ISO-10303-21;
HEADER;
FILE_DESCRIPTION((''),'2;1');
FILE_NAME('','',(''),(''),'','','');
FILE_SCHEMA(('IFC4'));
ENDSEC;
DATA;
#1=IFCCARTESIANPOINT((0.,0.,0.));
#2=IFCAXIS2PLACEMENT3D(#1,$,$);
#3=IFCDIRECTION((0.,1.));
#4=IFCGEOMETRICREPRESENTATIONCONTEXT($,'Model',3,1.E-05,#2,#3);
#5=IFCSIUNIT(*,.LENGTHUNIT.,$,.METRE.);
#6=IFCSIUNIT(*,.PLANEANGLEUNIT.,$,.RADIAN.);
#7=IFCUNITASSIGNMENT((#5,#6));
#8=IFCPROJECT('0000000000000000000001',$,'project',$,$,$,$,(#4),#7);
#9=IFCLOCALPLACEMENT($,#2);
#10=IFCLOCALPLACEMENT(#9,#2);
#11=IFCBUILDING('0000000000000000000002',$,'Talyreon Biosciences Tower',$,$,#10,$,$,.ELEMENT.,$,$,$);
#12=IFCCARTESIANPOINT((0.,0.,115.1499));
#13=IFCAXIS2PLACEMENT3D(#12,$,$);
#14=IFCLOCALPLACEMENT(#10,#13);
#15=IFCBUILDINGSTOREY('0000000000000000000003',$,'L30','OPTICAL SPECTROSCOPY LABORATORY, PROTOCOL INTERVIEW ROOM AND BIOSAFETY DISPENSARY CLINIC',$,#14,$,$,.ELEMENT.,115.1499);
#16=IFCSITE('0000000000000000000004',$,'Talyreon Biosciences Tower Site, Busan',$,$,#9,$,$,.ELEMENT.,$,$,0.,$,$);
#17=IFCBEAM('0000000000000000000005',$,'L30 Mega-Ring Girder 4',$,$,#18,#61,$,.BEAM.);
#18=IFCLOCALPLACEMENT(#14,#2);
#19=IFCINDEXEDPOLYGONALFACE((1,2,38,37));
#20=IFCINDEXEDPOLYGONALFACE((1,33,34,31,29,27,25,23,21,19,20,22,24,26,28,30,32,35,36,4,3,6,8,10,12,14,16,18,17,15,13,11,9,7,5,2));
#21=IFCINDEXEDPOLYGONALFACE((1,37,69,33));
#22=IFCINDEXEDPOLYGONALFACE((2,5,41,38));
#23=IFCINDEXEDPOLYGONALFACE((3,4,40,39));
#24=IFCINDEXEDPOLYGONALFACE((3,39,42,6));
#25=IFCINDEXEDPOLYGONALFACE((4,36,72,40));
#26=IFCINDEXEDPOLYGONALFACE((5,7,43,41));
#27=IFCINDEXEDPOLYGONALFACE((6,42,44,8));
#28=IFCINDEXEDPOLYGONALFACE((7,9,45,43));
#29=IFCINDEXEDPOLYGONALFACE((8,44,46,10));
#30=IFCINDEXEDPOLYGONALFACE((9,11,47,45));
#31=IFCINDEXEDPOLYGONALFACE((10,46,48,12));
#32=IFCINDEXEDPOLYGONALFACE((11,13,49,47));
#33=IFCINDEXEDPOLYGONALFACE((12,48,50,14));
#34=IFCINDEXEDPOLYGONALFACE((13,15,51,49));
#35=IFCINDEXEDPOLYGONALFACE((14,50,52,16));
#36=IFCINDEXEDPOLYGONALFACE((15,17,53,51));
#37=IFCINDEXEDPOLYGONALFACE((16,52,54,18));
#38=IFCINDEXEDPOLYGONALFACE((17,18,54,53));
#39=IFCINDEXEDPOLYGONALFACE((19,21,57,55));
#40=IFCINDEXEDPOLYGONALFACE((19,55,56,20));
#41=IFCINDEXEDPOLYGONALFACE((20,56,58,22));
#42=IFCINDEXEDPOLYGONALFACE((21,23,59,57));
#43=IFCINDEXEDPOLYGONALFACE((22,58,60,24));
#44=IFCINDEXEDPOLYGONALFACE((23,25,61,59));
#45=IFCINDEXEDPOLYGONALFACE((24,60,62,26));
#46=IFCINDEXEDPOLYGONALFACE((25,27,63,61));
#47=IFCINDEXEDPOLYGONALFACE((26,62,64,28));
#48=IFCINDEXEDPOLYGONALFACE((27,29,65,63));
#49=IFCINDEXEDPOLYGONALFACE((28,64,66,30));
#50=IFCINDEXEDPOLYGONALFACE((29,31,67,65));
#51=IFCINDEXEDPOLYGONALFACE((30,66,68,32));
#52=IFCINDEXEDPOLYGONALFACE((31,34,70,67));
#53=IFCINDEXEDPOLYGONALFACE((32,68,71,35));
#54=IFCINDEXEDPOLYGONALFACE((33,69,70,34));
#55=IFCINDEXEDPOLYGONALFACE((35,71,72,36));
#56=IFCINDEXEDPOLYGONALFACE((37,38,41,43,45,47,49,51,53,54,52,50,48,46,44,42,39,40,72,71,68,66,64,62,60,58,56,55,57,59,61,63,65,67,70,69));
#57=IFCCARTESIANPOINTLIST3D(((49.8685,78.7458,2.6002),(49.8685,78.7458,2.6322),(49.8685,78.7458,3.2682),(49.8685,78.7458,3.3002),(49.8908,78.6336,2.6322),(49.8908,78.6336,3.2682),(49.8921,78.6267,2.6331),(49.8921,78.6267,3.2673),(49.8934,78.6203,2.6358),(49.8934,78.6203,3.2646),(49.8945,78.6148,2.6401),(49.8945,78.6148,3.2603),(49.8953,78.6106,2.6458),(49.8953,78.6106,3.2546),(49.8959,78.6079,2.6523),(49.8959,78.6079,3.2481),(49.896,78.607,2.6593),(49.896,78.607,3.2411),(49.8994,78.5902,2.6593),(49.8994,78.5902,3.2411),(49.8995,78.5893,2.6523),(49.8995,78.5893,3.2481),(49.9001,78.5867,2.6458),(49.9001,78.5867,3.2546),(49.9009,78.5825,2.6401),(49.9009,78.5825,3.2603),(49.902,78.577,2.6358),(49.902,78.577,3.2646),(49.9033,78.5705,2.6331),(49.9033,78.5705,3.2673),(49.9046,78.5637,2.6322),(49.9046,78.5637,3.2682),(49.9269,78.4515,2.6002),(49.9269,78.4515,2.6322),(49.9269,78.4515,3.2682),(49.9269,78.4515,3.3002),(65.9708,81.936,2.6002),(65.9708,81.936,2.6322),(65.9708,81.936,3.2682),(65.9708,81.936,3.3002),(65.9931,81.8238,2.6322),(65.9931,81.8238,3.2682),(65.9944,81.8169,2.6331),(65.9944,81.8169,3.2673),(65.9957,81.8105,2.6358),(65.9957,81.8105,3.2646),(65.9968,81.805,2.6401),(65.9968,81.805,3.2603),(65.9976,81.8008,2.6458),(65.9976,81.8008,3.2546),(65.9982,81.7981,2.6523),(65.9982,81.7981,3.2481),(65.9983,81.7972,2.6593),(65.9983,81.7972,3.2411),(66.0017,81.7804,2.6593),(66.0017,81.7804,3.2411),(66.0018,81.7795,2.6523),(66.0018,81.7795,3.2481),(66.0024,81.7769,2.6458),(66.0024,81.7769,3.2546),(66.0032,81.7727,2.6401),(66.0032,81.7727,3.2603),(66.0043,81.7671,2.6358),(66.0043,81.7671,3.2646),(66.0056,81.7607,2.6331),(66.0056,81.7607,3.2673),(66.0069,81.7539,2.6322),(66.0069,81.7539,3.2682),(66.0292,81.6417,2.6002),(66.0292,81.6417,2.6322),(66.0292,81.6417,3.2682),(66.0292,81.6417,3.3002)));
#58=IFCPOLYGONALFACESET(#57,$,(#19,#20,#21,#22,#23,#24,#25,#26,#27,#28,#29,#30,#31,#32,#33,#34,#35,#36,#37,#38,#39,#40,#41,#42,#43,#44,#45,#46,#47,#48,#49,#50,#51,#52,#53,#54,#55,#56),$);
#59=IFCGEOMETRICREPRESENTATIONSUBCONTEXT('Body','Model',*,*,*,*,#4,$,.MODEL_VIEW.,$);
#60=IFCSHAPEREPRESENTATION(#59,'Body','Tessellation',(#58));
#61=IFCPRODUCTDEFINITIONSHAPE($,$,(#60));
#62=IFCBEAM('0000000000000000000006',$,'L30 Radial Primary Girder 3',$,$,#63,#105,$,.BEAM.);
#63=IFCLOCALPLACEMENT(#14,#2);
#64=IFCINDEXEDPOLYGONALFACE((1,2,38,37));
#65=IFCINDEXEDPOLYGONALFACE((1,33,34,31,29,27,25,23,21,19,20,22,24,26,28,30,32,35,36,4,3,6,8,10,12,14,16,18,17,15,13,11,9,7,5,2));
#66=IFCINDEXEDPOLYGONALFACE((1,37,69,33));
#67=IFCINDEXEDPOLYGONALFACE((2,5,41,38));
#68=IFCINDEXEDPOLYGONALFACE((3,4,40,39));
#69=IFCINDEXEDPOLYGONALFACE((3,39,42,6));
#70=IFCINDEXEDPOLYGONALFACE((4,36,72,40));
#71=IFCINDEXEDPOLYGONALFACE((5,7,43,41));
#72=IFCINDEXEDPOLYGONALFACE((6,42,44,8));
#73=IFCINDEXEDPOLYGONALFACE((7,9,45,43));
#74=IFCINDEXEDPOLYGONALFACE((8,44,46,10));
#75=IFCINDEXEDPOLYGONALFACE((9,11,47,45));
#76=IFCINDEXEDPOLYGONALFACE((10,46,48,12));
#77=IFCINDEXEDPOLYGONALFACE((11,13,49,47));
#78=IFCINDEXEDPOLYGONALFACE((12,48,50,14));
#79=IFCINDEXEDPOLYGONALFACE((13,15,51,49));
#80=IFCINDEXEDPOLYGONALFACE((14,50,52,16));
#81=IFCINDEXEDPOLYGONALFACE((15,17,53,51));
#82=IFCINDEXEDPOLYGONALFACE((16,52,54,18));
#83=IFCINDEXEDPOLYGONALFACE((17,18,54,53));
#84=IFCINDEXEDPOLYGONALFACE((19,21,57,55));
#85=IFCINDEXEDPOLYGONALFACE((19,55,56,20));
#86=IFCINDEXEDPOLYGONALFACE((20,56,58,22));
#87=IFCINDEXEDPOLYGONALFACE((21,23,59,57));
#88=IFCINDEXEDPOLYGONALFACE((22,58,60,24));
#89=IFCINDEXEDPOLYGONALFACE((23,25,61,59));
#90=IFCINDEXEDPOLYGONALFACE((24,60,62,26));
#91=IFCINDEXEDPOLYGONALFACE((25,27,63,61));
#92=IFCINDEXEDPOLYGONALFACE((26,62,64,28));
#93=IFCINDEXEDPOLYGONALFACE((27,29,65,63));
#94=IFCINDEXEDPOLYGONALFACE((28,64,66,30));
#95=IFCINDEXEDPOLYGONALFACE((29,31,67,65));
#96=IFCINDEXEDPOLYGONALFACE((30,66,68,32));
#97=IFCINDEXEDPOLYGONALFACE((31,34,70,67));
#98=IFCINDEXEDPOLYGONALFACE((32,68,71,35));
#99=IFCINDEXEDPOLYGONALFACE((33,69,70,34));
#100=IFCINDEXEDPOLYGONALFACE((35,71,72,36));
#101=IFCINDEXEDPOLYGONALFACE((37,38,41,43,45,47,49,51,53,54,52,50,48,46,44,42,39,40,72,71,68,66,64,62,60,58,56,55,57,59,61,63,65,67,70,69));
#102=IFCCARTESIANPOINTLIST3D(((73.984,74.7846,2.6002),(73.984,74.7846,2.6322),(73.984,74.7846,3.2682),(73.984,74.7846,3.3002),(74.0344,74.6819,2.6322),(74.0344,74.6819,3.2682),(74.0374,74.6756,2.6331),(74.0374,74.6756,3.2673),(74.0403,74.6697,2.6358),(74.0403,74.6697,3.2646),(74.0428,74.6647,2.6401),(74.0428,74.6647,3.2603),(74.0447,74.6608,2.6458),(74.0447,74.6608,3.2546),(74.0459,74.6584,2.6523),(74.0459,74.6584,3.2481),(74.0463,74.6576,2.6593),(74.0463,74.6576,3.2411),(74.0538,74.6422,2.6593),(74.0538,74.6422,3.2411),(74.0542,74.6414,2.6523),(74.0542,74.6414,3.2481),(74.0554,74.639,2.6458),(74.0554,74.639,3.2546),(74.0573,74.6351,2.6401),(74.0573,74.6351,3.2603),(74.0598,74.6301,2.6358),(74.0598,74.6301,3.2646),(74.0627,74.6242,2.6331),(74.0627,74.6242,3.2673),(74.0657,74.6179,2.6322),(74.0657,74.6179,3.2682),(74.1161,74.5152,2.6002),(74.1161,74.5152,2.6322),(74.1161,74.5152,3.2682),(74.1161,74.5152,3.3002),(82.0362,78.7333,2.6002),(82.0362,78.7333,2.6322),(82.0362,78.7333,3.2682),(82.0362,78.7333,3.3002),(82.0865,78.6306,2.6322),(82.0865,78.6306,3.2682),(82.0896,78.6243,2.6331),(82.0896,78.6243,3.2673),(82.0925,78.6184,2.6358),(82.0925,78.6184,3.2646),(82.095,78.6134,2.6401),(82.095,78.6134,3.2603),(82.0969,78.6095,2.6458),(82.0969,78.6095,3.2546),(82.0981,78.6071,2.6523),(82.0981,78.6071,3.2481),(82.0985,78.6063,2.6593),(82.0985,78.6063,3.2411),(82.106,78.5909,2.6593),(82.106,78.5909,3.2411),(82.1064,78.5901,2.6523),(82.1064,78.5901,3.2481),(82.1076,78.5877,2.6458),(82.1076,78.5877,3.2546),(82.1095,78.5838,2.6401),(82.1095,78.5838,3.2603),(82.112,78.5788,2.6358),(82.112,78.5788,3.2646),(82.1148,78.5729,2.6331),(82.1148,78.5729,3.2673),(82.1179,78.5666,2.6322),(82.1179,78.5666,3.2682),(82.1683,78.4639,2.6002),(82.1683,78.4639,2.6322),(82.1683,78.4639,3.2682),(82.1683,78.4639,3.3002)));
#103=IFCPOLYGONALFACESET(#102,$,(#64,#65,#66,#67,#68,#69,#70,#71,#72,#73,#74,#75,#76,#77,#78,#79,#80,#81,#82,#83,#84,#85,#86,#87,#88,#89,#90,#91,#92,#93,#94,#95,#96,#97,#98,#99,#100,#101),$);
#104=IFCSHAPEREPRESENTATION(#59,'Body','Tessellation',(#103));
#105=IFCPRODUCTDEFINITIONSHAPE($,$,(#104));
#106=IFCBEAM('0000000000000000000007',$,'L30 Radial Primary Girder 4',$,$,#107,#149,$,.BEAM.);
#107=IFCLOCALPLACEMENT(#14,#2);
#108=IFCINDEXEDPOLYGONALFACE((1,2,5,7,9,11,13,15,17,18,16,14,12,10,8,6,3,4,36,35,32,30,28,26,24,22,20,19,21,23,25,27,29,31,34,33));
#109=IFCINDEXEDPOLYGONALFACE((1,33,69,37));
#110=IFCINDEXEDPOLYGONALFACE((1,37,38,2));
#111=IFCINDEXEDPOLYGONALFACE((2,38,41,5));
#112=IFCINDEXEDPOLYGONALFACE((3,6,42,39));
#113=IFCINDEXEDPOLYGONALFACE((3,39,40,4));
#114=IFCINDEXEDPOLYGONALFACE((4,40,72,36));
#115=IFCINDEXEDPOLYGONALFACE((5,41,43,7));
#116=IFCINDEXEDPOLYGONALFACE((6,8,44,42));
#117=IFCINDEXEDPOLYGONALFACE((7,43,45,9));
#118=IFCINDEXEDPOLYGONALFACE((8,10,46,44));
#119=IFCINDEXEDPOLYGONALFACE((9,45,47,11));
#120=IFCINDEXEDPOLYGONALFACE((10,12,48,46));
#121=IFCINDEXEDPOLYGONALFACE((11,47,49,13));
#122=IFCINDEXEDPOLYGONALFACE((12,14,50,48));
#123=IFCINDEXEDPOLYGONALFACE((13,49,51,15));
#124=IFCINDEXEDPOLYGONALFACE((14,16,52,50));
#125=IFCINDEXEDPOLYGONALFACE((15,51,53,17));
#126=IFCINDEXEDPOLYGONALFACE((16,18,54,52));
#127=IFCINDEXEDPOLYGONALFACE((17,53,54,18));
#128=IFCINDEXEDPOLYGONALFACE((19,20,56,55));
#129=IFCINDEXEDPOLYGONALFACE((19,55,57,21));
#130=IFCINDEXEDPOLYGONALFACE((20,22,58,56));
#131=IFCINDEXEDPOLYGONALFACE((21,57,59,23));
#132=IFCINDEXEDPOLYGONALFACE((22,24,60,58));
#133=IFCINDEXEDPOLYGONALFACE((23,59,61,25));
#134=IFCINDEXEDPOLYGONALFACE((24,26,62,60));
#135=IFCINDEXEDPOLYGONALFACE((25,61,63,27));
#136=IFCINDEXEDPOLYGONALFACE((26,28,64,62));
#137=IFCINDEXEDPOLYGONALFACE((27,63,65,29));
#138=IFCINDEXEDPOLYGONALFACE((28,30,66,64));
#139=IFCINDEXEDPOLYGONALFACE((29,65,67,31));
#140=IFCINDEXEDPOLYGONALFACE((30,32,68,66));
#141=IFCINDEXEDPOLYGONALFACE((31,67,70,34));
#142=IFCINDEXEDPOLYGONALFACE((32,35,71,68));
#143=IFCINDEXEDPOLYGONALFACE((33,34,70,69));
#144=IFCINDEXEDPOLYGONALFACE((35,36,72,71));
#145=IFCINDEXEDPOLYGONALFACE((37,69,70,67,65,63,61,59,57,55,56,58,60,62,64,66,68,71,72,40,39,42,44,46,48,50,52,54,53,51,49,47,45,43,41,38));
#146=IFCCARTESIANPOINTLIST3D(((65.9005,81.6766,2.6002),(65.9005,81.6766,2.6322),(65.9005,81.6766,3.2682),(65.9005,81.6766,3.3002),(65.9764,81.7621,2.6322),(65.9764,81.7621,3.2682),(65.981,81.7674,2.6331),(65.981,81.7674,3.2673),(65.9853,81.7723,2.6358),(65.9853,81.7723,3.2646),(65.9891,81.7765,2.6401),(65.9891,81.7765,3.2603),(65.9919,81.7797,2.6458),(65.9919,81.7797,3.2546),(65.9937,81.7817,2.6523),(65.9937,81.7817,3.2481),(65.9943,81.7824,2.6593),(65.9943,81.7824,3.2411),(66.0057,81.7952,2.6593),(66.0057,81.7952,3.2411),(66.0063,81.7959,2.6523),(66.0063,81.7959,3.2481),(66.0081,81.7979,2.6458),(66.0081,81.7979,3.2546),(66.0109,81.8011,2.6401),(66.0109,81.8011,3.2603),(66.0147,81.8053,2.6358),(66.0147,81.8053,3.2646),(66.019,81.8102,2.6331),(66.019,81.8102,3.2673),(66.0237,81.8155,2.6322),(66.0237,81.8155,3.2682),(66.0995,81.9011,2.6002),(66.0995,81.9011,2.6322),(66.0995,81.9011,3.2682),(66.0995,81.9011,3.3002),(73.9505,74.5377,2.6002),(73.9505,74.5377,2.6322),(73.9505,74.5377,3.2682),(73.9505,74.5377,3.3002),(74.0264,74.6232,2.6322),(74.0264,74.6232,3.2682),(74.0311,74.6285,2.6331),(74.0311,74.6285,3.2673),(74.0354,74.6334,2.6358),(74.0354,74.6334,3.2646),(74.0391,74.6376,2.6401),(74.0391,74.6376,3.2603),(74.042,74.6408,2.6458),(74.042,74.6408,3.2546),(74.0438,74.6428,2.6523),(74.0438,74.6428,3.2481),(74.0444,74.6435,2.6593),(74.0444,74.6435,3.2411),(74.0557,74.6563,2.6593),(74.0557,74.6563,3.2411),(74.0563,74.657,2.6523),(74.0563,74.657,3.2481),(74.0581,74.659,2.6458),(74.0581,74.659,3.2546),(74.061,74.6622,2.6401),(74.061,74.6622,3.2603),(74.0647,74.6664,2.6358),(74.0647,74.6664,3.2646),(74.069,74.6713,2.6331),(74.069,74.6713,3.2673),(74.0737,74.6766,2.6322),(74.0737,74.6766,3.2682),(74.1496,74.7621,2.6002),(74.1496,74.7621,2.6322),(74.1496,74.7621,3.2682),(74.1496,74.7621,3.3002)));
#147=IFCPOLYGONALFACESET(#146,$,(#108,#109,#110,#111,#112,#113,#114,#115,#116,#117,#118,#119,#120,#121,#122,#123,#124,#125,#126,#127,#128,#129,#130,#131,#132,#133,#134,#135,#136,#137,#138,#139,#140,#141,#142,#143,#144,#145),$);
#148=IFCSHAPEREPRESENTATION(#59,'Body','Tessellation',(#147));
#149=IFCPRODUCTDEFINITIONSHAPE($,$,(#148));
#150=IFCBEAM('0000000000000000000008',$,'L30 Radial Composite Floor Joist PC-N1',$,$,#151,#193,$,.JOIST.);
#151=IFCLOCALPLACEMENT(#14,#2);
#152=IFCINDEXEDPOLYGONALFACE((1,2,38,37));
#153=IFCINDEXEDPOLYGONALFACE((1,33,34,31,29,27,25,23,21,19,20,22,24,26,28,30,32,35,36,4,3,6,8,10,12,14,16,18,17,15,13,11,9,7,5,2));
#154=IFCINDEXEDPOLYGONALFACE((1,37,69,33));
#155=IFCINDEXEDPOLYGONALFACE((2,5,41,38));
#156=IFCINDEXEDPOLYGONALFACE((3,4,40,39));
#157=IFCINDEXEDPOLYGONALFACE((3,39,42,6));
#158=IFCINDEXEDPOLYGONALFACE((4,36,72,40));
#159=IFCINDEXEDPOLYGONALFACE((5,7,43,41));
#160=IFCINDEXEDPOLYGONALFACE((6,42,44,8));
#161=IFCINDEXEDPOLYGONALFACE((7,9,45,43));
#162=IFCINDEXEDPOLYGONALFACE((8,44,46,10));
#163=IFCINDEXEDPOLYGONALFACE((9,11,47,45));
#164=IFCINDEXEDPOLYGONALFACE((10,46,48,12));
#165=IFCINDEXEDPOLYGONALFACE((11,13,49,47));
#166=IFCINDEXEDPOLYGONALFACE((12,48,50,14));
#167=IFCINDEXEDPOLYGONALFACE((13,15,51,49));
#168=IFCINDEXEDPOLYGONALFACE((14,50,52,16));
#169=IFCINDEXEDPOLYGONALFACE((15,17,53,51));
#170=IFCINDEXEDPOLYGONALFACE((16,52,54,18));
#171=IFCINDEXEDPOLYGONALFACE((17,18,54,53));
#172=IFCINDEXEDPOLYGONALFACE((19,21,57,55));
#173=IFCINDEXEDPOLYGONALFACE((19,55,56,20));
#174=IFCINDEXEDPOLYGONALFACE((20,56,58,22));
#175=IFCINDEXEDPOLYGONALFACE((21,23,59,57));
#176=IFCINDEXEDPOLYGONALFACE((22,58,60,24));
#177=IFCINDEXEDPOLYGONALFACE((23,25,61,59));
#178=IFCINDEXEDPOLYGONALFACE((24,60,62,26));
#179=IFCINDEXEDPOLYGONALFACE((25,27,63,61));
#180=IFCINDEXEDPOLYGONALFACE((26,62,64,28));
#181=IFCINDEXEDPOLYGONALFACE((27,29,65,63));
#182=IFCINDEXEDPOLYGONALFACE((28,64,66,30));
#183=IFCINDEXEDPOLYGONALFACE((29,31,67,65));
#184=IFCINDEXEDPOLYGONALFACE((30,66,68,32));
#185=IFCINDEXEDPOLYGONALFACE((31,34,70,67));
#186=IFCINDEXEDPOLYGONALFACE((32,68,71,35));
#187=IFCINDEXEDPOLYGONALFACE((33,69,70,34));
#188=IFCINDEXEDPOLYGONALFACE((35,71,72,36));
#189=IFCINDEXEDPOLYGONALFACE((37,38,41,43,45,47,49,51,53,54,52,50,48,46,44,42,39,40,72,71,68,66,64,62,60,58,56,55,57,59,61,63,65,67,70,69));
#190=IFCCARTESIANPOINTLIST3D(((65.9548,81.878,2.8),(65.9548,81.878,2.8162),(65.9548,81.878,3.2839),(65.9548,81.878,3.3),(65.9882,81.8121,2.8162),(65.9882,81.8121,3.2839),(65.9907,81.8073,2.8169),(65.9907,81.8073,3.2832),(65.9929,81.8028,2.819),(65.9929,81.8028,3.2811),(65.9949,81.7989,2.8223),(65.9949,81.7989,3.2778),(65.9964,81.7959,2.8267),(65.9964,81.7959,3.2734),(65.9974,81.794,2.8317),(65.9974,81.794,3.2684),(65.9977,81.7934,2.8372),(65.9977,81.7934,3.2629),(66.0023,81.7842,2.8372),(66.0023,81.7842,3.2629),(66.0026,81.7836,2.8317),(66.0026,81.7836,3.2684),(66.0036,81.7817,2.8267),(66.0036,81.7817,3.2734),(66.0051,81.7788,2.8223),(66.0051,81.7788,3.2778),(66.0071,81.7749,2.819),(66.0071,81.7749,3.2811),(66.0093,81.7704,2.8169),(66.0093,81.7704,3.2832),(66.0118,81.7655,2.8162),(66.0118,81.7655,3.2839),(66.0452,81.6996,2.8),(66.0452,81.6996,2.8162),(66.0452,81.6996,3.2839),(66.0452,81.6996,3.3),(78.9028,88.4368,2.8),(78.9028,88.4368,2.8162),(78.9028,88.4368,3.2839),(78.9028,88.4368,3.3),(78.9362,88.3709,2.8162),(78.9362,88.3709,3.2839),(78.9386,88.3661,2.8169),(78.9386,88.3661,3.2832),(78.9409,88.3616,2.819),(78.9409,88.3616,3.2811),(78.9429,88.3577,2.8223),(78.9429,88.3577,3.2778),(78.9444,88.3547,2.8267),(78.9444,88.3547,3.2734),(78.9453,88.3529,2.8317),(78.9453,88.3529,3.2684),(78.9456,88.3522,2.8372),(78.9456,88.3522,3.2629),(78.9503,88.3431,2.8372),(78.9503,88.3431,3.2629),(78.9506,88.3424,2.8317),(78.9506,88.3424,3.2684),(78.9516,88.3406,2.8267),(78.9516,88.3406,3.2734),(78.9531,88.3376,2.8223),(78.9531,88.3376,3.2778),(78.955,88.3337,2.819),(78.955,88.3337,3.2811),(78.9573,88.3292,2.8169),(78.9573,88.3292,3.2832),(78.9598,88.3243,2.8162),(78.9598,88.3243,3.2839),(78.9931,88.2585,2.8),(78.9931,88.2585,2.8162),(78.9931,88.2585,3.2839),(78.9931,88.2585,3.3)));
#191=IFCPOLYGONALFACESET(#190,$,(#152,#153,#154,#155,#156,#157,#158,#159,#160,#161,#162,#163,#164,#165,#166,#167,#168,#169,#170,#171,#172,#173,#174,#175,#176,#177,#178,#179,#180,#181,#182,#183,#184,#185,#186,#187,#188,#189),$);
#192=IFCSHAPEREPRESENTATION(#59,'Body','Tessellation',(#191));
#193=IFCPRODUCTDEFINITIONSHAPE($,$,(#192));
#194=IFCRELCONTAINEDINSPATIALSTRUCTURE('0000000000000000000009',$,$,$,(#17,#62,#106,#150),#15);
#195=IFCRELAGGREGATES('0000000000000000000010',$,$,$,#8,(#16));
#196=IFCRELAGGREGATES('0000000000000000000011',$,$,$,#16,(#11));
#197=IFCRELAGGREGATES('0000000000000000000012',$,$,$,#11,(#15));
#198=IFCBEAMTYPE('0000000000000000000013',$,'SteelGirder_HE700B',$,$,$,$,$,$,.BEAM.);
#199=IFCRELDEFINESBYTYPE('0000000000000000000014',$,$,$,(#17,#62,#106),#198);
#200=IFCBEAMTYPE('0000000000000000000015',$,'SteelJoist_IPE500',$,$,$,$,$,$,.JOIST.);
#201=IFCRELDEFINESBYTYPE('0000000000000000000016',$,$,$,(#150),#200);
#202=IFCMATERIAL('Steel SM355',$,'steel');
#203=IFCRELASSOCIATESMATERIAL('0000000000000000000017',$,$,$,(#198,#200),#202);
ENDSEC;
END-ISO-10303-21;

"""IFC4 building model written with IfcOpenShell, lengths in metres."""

from ifc_helpers import new_model, si_unit, direction, frame, origin, origin_2d, place, context, subcontext, project, spatial, i_section, extrude, material, material_profile, profile_set, type_object, element, save


model = new_model("IFC4")

# Units and contexts
model_context = context("Model", 3, precision=1e-05, world=origin(), true_north=direction((0.0, 1.0)))
body_context = subcontext(model_context, "Body", "Model", "MODEL_VIEW")
ifc_project = project(units=[si_unit("LENGTHUNIT", "METRE"), si_unit("PLANEANGLEUNIT", "RADIAN")], contexts=[model_context])

# Site, building, storey
site_placement = place(None, origin())
site = spatial("IfcSite", under=ifc_project, at=site_placement, Name="Talyreon Biosciences Tower Site, Busan", CompositionType="ELEMENT", RefElevation=0.0)
building_placement = place(site_placement, origin())
building = spatial("IfcBuilding", under=site, at=building_placement, Name="Talyreon Biosciences Tower", CompositionType="ELEMENT")
storey_placement = place(building_placement, frame((0.0, 0.0, 115.1499)))
storey = spatial("IfcBuildingStorey", under=building, at=storey_placement, Name="L30", Description="OPTICAL SPECTROSCOPY LABORATORY, PROTOCOL INTERVIEW ROOM AND BIOSAFETY DISPENSARY CLINIC", CompositionType="ELEMENT", Elevation=115.1499)

# Beams
ifc_material_1 = material(Name="Steel SM355", Category="steel")
ifc_material_profile_1 = material_profile(ifc_material_1, i_section(OverallWidth=0.3, OverallDepth=0.7, WebThickness=0.0171, FlangeThickness=0.032, FilletRadius=0.0271, at=origin_2d()), Name="HE700B")
ifc_profile_set_1 = profile_set([ifc_material_profile_1], Name="Steel SM355")
beam_type_1 = type_object("IfcBeamType", Name="SteelGirder_HE700B", PredefinedType="BEAM", material=ifc_profile_set_1)
beam_1_placement = place(storey_placement, frame((66.0, 81.7888, 2.9502), z_axis=(-0.980934, -0.194343, 0.0), x_axis=(0.194343, -0.980934, 0.0)))
element("IfcBeam", 1, at=beam_1_placement, inside=storey, type_object=beam_type_1, Name="L30 Mega-Ring Girder 4", PredefinedType="BEAM", context=body_context, shape_type="SweptSolid", body=[
    extrude(i_section(OverallWidth=0.3, OverallDepth=0.7, WebThickness=0.0171, FlangeThickness=0.032, FilletRadius=0.0271, at=origin_2d()), origin(), (0.0, 0.0, 1.0), 16.4153),
])
beam_2_placement = place(storey_placement, frame((74.05, 74.6499, 2.9502), z_axis=(0.897852, 0.440297, 0.0), x_axis=(-0.440297, 0.897852, 0.0)))
element("IfcBeam", 2, at=beam_2_placement, inside=storey, type_object=beam_type_1, Name="L30 Radial Primary Girder 3", PredefinedType="BEAM", context=body_context, shape_type="SweptSolid", body=[
    extrude(i_section(OverallWidth=0.3, OverallDepth=0.7, WebThickness=0.0171, FlangeThickness=0.032, FilletRadius=0.0271, at=origin_2d()), origin(), (0.0, 0.0, 1.0), 8.9683),
])
beam_3_placement = place(storey_placement, frame((74.05, 74.6499, 2.9502), z_axis=(-0.748179, 0.663497, 0.0), x_axis=(-0.663497, -0.748179, 0.0)))
element("IfcBeam", 3, at=beam_3_placement, inside=storey, type_object=beam_type_1, Name="L30 Radial Primary Girder 4", PredefinedType="BEAM", context=body_context, shape_type="SweptSolid", body=[
    extrude(i_section(OverallWidth=0.3, OverallDepth=0.7, WebThickness=0.0171, FlangeThickness=0.032, FilletRadius=0.0271, at=origin_2d()), origin(), (0.0, 0.0, 1.0), 10.7595),
])
ifc_material_profile_2 = material_profile(ifc_material_1, i_section(OverallWidth=0.2, OverallDepth=0.5, WebThickness=0.0103, FlangeThickness=0.0161, FilletRadius=0.021, at=origin_2d()), Name="IPE500")
ifc_profile_set_2 = profile_set([ifc_material_profile_2], Name="Steel SM355")
beam_type_2 = type_object("IfcBeamType", Name="SteelJoist_IPE500", PredefinedType="JOIST", material=ifc_profile_set_2)
for number, where, z_axis, x_axis, name in (
    (4, (66.0, 81.7888, 3.05), (0.892077, 0.451884, 0.0), (-0.451884, 0.892077, 0.0), "L30 Radial Composite Floor Joist PC-N1"),
):
    element("IfcBeam", number, at=place(storey_placement, frame(where, z_axis=z_axis, x_axis=x_axis)), inside=storey, type_object=beam_type_2, Name=name, PredefinedType="JOIST", context=body_context, shape_type="SweptSolid", body=[
        extrude(i_section(OverallWidth=0.2, OverallDepth=0.5, WebThickness=0.0103, FlangeThickness=0.0161, FilletRadius=0.021, at=origin_2d()), origin(), (0.0, 0.0, 1.0), 14.5144),
    ])

save(model, "model.ifc")
